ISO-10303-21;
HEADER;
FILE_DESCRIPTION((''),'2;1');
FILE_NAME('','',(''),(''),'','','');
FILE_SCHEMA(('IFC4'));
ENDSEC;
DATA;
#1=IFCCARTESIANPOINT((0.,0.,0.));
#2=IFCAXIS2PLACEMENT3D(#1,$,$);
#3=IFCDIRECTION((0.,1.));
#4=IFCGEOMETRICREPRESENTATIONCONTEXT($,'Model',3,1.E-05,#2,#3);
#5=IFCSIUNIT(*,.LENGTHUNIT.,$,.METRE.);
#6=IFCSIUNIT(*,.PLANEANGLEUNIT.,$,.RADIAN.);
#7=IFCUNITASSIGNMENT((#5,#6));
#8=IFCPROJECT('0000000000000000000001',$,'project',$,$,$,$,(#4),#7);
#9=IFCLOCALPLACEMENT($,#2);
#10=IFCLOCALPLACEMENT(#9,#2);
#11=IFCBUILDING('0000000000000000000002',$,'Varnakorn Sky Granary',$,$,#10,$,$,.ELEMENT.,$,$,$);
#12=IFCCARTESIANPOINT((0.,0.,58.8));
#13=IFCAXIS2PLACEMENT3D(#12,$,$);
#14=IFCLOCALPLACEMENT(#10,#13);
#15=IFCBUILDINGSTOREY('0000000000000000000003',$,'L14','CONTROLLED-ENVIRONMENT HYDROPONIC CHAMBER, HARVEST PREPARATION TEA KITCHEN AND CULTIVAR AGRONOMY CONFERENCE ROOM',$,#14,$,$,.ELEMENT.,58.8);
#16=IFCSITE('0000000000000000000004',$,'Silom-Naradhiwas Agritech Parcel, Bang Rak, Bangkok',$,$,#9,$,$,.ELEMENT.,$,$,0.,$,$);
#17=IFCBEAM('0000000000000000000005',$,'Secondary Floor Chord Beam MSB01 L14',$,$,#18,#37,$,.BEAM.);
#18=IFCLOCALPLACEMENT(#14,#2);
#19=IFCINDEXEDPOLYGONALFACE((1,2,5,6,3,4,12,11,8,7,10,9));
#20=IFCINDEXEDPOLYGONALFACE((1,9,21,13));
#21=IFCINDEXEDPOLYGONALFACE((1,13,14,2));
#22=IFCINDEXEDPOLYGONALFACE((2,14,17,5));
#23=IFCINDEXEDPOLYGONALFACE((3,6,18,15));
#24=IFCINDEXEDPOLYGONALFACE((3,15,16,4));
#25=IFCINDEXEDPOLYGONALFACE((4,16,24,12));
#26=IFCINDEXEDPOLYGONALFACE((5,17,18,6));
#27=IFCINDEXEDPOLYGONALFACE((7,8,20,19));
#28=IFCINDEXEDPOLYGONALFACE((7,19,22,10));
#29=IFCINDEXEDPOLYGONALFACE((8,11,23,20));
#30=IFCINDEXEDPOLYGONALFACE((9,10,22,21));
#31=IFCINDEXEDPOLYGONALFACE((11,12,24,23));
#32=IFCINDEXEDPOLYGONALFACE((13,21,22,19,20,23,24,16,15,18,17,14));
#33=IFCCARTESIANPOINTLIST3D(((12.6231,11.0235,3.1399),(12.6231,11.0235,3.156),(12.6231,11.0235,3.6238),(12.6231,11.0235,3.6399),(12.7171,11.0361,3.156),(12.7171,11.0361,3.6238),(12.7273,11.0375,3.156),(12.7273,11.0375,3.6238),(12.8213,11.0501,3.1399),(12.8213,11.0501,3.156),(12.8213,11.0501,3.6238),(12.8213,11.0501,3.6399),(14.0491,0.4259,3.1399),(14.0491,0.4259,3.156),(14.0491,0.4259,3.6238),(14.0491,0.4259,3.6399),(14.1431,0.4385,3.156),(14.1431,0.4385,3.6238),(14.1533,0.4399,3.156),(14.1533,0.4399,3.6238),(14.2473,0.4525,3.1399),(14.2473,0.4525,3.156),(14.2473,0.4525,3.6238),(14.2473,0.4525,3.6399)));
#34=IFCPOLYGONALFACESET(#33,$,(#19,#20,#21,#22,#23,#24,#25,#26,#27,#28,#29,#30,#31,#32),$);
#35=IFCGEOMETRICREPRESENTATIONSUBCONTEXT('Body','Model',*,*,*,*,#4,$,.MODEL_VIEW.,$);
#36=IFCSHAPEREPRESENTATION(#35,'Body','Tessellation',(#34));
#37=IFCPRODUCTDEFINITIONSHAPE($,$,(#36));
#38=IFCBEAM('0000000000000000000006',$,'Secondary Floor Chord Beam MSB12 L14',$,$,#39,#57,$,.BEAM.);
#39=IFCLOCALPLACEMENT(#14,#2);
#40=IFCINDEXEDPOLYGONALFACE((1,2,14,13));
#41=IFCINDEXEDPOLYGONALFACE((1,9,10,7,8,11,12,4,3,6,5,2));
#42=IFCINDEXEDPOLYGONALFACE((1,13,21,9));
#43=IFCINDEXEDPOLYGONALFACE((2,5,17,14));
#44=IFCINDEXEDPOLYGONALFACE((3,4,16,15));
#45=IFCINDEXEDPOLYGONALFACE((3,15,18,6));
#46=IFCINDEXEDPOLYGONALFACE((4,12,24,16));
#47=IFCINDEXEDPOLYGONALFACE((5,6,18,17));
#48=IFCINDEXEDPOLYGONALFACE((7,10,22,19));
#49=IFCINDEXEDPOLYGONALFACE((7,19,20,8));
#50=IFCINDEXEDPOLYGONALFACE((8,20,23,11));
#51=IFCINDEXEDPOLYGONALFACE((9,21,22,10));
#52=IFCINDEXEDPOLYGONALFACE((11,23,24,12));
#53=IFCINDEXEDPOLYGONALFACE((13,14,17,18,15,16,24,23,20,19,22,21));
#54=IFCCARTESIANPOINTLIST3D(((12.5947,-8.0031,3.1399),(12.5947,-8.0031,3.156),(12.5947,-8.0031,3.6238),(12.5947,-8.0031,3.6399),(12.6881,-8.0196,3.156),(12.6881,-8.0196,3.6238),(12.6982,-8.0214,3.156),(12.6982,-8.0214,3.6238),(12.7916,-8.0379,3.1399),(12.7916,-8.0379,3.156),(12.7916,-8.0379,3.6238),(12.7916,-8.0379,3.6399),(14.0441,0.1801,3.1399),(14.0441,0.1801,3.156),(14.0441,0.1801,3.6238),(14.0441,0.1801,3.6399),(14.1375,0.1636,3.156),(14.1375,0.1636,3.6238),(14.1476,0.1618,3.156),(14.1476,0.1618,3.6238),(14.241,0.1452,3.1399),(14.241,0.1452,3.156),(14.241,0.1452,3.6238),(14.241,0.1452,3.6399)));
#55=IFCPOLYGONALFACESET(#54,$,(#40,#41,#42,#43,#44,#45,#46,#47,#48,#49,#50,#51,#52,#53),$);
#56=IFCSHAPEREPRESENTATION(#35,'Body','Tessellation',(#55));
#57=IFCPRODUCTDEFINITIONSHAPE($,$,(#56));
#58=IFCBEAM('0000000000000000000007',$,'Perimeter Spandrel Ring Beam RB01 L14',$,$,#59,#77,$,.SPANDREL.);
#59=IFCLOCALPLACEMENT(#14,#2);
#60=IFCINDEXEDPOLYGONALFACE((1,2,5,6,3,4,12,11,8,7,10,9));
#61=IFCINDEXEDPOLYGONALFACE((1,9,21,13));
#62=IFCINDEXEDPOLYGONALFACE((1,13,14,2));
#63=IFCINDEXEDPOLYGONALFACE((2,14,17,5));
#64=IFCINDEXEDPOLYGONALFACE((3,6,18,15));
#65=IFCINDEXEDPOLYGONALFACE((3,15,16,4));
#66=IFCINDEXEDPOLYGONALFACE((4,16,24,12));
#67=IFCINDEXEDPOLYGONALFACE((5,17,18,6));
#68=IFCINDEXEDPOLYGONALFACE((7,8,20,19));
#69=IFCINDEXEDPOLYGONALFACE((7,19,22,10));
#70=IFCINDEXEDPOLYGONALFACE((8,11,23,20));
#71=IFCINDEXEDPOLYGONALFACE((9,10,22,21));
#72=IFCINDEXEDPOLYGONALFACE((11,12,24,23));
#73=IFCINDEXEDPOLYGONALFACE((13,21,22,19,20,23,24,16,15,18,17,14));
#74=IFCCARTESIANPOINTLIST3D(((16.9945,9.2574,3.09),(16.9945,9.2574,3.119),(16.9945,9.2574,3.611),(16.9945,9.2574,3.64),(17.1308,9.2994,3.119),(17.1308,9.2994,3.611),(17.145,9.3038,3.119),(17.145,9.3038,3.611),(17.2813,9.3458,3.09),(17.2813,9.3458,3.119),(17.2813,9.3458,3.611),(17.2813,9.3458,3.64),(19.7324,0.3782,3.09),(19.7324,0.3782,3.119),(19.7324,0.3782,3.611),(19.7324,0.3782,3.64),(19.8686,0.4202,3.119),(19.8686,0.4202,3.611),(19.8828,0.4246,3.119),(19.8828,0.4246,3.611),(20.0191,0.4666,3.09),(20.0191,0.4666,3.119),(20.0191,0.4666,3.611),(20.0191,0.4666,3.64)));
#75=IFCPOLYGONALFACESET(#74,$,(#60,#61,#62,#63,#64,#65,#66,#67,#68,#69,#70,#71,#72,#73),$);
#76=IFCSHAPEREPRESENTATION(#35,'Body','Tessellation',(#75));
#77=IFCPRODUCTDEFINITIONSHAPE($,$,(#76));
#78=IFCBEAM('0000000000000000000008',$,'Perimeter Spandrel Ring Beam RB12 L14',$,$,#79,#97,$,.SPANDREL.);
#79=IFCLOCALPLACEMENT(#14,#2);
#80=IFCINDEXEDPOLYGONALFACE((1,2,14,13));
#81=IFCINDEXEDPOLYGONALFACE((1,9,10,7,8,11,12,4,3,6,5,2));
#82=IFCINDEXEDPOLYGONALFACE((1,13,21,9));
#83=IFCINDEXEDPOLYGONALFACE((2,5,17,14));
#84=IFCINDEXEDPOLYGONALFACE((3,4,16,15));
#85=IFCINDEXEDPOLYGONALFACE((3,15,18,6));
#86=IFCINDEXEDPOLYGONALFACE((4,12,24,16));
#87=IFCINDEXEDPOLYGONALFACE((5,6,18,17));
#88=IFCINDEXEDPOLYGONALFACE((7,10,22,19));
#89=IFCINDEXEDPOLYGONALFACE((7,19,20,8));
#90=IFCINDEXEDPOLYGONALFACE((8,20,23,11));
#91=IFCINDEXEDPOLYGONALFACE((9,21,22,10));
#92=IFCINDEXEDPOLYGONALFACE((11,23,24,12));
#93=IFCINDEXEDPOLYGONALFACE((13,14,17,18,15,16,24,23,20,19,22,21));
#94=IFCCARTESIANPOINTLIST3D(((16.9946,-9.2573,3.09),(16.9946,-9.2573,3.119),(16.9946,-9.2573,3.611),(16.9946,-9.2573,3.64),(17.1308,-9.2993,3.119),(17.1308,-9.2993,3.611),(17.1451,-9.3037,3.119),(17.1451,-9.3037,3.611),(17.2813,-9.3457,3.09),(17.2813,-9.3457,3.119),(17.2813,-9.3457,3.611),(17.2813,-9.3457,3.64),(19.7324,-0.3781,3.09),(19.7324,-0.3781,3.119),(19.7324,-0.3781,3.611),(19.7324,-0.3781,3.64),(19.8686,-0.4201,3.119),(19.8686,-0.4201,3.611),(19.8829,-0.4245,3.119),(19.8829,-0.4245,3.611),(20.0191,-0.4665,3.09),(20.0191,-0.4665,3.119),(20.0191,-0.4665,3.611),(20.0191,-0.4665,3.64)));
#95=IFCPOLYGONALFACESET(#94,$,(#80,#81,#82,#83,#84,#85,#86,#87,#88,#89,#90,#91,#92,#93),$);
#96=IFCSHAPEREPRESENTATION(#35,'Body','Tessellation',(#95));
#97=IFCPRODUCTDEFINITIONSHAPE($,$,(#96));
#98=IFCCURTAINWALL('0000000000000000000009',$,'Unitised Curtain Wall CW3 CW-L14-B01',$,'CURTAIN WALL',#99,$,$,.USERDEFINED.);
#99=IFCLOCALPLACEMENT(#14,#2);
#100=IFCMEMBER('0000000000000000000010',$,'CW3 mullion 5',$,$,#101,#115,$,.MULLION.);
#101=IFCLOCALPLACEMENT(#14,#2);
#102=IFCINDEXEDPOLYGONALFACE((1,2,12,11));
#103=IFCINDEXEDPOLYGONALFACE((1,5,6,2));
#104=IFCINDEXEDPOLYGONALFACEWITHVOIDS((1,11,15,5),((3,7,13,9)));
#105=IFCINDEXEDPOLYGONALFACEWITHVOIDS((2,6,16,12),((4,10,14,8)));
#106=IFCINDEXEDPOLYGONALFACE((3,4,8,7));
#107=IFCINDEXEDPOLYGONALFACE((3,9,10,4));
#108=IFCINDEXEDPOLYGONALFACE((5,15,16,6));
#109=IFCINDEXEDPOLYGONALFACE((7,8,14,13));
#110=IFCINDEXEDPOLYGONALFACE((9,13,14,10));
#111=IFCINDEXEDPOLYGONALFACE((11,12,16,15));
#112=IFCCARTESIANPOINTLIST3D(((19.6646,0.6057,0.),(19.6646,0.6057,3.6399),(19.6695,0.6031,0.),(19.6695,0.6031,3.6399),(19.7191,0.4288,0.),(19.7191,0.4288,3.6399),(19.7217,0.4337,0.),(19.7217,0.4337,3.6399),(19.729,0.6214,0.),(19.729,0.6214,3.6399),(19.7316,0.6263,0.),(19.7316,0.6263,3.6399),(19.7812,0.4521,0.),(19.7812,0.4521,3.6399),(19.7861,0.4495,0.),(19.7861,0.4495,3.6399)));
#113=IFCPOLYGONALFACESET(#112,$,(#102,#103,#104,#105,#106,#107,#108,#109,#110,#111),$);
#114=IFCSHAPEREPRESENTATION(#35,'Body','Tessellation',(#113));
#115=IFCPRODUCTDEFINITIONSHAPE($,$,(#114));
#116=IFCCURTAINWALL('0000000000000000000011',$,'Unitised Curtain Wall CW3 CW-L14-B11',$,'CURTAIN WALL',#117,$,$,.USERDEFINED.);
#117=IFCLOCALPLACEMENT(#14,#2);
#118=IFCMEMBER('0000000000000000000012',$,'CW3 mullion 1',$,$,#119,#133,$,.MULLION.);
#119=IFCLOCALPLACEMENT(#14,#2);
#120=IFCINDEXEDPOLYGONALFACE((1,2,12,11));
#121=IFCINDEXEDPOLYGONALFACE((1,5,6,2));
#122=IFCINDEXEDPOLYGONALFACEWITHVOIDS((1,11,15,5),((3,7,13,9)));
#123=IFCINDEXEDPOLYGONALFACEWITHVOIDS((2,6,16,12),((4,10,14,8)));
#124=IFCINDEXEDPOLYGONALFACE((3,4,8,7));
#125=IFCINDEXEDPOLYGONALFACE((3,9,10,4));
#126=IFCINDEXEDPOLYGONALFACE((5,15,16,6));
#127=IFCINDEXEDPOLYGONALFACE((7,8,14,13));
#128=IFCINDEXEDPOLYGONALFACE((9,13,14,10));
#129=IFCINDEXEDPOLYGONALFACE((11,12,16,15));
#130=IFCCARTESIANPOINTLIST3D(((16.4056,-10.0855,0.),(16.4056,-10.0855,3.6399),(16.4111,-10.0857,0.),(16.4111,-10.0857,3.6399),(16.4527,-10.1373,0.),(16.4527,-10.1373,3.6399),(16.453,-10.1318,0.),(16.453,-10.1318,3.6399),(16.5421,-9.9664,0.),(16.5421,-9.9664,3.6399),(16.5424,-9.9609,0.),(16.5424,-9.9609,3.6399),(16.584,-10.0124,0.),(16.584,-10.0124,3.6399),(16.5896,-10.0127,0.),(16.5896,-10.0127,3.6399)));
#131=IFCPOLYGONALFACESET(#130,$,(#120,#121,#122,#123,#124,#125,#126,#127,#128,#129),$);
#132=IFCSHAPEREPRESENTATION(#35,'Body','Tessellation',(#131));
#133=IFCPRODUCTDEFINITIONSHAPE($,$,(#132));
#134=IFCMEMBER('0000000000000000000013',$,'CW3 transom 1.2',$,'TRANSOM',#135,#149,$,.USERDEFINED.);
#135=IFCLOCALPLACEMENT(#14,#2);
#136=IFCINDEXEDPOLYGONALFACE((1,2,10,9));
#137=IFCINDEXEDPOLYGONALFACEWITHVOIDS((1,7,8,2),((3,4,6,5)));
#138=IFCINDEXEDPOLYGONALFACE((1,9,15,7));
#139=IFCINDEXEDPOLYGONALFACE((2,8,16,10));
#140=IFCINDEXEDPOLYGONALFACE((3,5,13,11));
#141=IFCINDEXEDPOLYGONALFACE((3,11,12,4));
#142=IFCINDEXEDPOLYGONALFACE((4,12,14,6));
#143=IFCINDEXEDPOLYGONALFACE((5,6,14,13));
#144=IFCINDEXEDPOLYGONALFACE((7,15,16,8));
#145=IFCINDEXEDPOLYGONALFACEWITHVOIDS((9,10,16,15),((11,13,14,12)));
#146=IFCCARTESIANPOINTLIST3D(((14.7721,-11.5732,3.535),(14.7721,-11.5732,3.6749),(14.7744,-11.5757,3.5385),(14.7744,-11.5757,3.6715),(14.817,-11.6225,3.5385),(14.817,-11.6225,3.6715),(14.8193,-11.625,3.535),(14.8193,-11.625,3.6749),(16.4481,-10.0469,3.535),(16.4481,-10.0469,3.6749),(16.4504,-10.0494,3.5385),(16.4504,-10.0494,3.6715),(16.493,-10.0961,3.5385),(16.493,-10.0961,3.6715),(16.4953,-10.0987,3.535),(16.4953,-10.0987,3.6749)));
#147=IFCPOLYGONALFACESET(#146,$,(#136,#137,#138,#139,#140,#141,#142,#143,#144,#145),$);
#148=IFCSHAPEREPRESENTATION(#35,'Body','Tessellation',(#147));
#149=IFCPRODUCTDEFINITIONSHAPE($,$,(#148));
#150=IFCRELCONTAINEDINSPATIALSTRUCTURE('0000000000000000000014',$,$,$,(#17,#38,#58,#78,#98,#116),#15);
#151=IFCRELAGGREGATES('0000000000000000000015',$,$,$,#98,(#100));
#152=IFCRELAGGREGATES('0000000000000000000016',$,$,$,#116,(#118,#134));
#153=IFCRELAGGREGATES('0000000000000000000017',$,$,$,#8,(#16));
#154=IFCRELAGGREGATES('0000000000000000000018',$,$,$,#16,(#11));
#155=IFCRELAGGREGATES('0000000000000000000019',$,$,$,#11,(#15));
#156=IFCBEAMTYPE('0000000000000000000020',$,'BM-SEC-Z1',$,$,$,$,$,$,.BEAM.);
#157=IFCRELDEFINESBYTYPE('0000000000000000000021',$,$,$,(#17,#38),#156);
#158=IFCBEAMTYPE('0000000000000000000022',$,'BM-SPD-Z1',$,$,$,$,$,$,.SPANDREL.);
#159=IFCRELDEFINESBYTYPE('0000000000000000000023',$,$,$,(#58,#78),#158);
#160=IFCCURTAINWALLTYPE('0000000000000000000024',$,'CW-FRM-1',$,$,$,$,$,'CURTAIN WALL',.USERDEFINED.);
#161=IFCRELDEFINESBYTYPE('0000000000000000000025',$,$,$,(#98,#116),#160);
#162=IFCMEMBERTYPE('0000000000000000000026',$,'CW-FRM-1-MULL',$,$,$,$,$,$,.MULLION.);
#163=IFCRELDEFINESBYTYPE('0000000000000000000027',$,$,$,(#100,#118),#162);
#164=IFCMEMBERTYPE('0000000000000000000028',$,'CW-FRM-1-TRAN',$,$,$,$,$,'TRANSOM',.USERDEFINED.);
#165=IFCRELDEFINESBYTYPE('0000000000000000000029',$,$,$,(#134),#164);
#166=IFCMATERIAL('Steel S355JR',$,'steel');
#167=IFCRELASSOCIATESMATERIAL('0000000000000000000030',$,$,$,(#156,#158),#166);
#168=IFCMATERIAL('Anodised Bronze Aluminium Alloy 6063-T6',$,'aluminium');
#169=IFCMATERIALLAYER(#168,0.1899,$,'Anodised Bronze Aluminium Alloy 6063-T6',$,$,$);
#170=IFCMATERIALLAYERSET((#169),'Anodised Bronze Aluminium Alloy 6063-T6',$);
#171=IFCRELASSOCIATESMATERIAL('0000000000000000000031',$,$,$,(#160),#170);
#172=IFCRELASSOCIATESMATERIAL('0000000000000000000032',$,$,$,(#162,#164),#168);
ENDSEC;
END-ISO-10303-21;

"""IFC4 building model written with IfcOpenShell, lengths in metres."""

from ifc_helpers import new_model, si_unit, direction, frame, origin, origin_2d, place, context, subcontext, project, spatial, hollow_rectangle, i_section, extrude, material, layer, layer_set, material_profile, profile_set, type_object, element, aggregate, save


model = new_model("IFC4")

# Units and contexts
model_context = context("Model", 3, precision=1e-05, world=origin(), true_north=direction((0.0, 1.0)))
body_context = subcontext(model_context, "Body", "Model", "MODEL_VIEW")
ifc_project = project(units=[si_unit("LENGTHUNIT", "METRE"), si_unit("PLANEANGLEUNIT", "RADIAN")], contexts=[model_context])

# Site, building, storey
site_placement = place(None, origin())
site = spatial("IfcSite", under=ifc_project, at=site_placement, Name="Silom-Naradhiwas Agritech Parcel, Bang Rak, Bangkok", CompositionType="ELEMENT", RefElevation=0.0)
building_placement = place(site_placement, origin())
building = spatial("IfcBuilding", under=site, at=building_placement, Name="Varnakorn Sky Granary", CompositionType="ELEMENT")
storey_placement = place(building_placement, frame((0.0, 0.0, 58.8)))
storey = spatial("IfcBuildingStorey", under=building, at=storey_placement, Name="L14", Description="CONTROLLED-ENVIRONMENT HYDROPONIC CHAMBER, HARVEST PREPARATION TEA KITCHEN AND CULTIVAR AGRONOMY CONFERENCE ROOM", CompositionType="ELEMENT", Elevation=58.8)

# Beams
ifc_material_1 = material(Name="Steel S355JR", Category="steel")
ifc_material_profile_1 = material_profile(ifc_material_1, i_section(OverallWidth=0.2, OverallDepth=0.5, WebThickness=0.0103, FlangeThickness=0.0161, at=origin_2d()), Name="IPE 500")
ifc_profile_set_1 = profile_set([ifc_material_profile_1], Name="Steel S355JR")
beam_type_1 = type_object("IfcBeamType", Name="BM-SEC-Z1", PredefinedType="BEAM", material=ifc_profile_set_1)
beam_1_placement = place(storey_placement, frame((14.1482, 0.4392, 3.3899), z_axis=(-0.133359, 0.991068, 0.0), x_axis=(-0.991068, -0.133359, 0.0)))
element("IfcBeam", 1, at=beam_1_placement, inside=storey, type_object=beam_type_1, Name="Secondary Floor Chord Beam MSB01 L14", PredefinedType="BEAM", context=body_context, shape_type="SweptSolid", body=[
    extrude(i_section(OverallWidth=0.2, OverallDepth=0.5, WebThickness=0.0103, FlangeThickness=0.0161, at=origin_2d()), origin(), (0.0, 0.0, 1.0), 10.6931),
])
beam_2_placement = place(storey_placement, frame((12.6931, -8.0205, 3.3899), z_axis=(0.174414, 0.984672, 0.0), x_axis=(-0.984672, 0.174414, 0.0)))
element("IfcBeam", 2, at=beam_2_placement, inside=storey, type_object=beam_type_1, Name="Secondary Floor Chord Beam MSB12 L14", PredefinedType="BEAM", context=body_context, shape_type="SweptSolid", body=[
    extrude(i_section(OverallWidth=0.2, OverallDepth=0.5, WebThickness=0.0103, FlangeThickness=0.0161, at=origin_2d()), origin(), (0.0, 0.0, 1.0), 8.3105),
])
ifc_material_profile_2 = material_profile(ifc_material_1, i_section(OverallWidth=0.3, OverallDepth=0.55, WebThickness=0.0149, FlangeThickness=0.0291, at=origin_2d()), Name="HE 550 B")
ifc_profile_set_2 = profile_set([ifc_material_profile_2], Name="Steel S355JR")
beam_type_2 = type_object("IfcBeamType", Name="BM-SPD-Z1", PredefinedType="SPANDREL", material=ifc_profile_set_2)
for number, where, z_axis, x_axis, name in (
    (3, (19.8757, 0.4224, 3.365), (-0.294651, 0.955605, 0.0), (-0.955605, -0.294651, 0.0), "Perimeter Spandrel Ring Beam RB01 L14"),
    (4, (17.1379, -9.3015, 3.365), (0.294651, 0.955605, 0.0), (-0.955605, 0.294651, 0.0), "Perimeter Spandrel Ring Beam RB12 L14"),
):
    element("IfcBeam", number, at=place(storey_placement, frame(where, z_axis=z_axis, x_axis=x_axis)), inside=storey, type_object=beam_type_2, Name=name, PredefinedType="SPANDREL", context=body_context, shape_type="SweptSolid", body=[
        extrude(i_section(OverallWidth=0.3, OverallDepth=0.55, WebThickness=0.0149, FlangeThickness=0.0291, at=origin_2d()), origin(), (0.0, 0.0, 1.0), 9.2917),
    ])

# Curtain wall, member
ifc_material_2 = material(Name="Anodised Bronze Aluminium Alloy 6063-T6", Category="aluminium")
ifc_layer_1 = layer(ifc_material_2, 0.1899, Name="Anodised Bronze Aluminium Alloy 6063-T6")
ifc_layer_set_1 = layer_set([ifc_layer_1], Name="Anodised Bronze Aluminium Alloy 6063-T6")
curtain_wall_type = type_object("IfcCurtainWallType", Name="CW-FRM-1", ElementType="CURTAIN WALL", PredefinedType="USERDEFINED", material=ifc_layer_set_1)
curtain_wall_1_placement = place(storey_placement, origin())
curtain_wall_1 = element("IfcCurtainWall", 5, at=curtain_wall_1_placement, inside=storey, type_object=curtain_wall_type, Name="Unitised Curtain Wall CW3 CW-L14-B01", ObjectType="CURTAIN WALL", PredefinedType="USERDEFINED")
ifc_material_profile_3 = material_profile(ifc_material_2, hollow_rectangle(XDim=0.0701, YDim=0.1851, WallThickness=0.0039, at=origin_2d()), Name="ALU MULL 70x185")
ifc_profile_set_3 = profile_set([ifc_material_profile_3], Name="Anodised Bronze Aluminium Alloy 6063-T6")
member_type_1 = type_object("IfcMemberType", Name="CW-FRM-1-MULL", PredefinedType="MULLION", material=ifc_profile_set_3)
member_1_placement = place(storey_placement, frame((19.7253, 0.5276, 0.0), z_axis=(0.0, 0.0, 1.0), x_axis=(0.95565, 0.294505, 0.0)))
member_1 = element("IfcMember", 6, at=member_1_placement, type_object=member_type_1, Name="CW3 mullion 5", PredefinedType="MULLION", context=body_context, shape_type="SweptSolid", body=[
    extrude(hollow_rectangle(XDim=0.0701, YDim=0.1851, WallThickness=0.0039, at=origin_2d()), origin(), (0.0, 0.0, 1.0), 3.6399),
])
aggregate(curtain_wall_1, [member_1])

# Curtain wall, members
curtain_wall_2_placement = place(storey_placement, origin())
curtain_wall_2 = element("IfcCurtainWall", 7, at=curtain_wall_2_placement, inside=storey, type_object=curtain_wall_type, Name="Unitised Curtain Wall CW3 CW-L14-B11", ObjectType="CURTAIN WALL", PredefinedType="USERDEFINED")
member_2_placement = place(storey_placement, frame((16.4976, -10.0491, 0.0), z_axis=(0.0, 0.0, 1.0), x_axis=(0.673319, -0.739352, 0.0)))
member_2 = element("IfcMember", 8, at=member_2_placement, type_object=member_type_1, Name="CW3 mullion 1", PredefinedType="MULLION", context=body_context, shape_type="SweptSolid", body=[
    extrude(hollow_rectangle(XDim=0.0701, YDim=0.1851, WallThickness=0.0039, at=origin_2d()), origin(), (0.0, 0.0, 1.0), 3.6399),
])
ifc_material_profile_4 = material_profile(ifc_material_2, hollow_rectangle(XDim=0.0701, YDim=0.1399, WallThickness=0.0034, at=origin_2d()), Name="ALU TRAN 70x140")
ifc_profile_set_4 = profile_set([ifc_material_profile_4], Name="Anodised Bronze Aluminium Alloy 6063-T6")
member_type_2 = type_object("IfcMemberType", Name="CW-FRM-1-TRAN", ElementType="TRANSOM", PredefinedType="USERDEFINED", material=ifc_profile_set_4)
member_3_placement = place(storey_placement, frame((16.4717, -10.0728, 3.605), z_axis=(-0.739345, -0.673327, 0.0), x_axis=(0.673327, -0.739345, 0.0)))
member_3 = element("IfcMember", 9, at=member_3_placement, type_object=member_type_2, Name="CW3 transom 1.2", ObjectType="TRANSOM", PredefinedType="USERDEFINED", context=body_context, shape_type="SweptSolid", body=[
    extrude(hollow_rectangle(XDim=0.0701, YDim=0.1399, WallThickness=0.0034, at=origin_2d()), origin(), (0.0, 0.0, 1.0), 2.2668),
])
aggregate(curtain_wall_2, [member_2, member_3])

save(model, "model.ifc")
